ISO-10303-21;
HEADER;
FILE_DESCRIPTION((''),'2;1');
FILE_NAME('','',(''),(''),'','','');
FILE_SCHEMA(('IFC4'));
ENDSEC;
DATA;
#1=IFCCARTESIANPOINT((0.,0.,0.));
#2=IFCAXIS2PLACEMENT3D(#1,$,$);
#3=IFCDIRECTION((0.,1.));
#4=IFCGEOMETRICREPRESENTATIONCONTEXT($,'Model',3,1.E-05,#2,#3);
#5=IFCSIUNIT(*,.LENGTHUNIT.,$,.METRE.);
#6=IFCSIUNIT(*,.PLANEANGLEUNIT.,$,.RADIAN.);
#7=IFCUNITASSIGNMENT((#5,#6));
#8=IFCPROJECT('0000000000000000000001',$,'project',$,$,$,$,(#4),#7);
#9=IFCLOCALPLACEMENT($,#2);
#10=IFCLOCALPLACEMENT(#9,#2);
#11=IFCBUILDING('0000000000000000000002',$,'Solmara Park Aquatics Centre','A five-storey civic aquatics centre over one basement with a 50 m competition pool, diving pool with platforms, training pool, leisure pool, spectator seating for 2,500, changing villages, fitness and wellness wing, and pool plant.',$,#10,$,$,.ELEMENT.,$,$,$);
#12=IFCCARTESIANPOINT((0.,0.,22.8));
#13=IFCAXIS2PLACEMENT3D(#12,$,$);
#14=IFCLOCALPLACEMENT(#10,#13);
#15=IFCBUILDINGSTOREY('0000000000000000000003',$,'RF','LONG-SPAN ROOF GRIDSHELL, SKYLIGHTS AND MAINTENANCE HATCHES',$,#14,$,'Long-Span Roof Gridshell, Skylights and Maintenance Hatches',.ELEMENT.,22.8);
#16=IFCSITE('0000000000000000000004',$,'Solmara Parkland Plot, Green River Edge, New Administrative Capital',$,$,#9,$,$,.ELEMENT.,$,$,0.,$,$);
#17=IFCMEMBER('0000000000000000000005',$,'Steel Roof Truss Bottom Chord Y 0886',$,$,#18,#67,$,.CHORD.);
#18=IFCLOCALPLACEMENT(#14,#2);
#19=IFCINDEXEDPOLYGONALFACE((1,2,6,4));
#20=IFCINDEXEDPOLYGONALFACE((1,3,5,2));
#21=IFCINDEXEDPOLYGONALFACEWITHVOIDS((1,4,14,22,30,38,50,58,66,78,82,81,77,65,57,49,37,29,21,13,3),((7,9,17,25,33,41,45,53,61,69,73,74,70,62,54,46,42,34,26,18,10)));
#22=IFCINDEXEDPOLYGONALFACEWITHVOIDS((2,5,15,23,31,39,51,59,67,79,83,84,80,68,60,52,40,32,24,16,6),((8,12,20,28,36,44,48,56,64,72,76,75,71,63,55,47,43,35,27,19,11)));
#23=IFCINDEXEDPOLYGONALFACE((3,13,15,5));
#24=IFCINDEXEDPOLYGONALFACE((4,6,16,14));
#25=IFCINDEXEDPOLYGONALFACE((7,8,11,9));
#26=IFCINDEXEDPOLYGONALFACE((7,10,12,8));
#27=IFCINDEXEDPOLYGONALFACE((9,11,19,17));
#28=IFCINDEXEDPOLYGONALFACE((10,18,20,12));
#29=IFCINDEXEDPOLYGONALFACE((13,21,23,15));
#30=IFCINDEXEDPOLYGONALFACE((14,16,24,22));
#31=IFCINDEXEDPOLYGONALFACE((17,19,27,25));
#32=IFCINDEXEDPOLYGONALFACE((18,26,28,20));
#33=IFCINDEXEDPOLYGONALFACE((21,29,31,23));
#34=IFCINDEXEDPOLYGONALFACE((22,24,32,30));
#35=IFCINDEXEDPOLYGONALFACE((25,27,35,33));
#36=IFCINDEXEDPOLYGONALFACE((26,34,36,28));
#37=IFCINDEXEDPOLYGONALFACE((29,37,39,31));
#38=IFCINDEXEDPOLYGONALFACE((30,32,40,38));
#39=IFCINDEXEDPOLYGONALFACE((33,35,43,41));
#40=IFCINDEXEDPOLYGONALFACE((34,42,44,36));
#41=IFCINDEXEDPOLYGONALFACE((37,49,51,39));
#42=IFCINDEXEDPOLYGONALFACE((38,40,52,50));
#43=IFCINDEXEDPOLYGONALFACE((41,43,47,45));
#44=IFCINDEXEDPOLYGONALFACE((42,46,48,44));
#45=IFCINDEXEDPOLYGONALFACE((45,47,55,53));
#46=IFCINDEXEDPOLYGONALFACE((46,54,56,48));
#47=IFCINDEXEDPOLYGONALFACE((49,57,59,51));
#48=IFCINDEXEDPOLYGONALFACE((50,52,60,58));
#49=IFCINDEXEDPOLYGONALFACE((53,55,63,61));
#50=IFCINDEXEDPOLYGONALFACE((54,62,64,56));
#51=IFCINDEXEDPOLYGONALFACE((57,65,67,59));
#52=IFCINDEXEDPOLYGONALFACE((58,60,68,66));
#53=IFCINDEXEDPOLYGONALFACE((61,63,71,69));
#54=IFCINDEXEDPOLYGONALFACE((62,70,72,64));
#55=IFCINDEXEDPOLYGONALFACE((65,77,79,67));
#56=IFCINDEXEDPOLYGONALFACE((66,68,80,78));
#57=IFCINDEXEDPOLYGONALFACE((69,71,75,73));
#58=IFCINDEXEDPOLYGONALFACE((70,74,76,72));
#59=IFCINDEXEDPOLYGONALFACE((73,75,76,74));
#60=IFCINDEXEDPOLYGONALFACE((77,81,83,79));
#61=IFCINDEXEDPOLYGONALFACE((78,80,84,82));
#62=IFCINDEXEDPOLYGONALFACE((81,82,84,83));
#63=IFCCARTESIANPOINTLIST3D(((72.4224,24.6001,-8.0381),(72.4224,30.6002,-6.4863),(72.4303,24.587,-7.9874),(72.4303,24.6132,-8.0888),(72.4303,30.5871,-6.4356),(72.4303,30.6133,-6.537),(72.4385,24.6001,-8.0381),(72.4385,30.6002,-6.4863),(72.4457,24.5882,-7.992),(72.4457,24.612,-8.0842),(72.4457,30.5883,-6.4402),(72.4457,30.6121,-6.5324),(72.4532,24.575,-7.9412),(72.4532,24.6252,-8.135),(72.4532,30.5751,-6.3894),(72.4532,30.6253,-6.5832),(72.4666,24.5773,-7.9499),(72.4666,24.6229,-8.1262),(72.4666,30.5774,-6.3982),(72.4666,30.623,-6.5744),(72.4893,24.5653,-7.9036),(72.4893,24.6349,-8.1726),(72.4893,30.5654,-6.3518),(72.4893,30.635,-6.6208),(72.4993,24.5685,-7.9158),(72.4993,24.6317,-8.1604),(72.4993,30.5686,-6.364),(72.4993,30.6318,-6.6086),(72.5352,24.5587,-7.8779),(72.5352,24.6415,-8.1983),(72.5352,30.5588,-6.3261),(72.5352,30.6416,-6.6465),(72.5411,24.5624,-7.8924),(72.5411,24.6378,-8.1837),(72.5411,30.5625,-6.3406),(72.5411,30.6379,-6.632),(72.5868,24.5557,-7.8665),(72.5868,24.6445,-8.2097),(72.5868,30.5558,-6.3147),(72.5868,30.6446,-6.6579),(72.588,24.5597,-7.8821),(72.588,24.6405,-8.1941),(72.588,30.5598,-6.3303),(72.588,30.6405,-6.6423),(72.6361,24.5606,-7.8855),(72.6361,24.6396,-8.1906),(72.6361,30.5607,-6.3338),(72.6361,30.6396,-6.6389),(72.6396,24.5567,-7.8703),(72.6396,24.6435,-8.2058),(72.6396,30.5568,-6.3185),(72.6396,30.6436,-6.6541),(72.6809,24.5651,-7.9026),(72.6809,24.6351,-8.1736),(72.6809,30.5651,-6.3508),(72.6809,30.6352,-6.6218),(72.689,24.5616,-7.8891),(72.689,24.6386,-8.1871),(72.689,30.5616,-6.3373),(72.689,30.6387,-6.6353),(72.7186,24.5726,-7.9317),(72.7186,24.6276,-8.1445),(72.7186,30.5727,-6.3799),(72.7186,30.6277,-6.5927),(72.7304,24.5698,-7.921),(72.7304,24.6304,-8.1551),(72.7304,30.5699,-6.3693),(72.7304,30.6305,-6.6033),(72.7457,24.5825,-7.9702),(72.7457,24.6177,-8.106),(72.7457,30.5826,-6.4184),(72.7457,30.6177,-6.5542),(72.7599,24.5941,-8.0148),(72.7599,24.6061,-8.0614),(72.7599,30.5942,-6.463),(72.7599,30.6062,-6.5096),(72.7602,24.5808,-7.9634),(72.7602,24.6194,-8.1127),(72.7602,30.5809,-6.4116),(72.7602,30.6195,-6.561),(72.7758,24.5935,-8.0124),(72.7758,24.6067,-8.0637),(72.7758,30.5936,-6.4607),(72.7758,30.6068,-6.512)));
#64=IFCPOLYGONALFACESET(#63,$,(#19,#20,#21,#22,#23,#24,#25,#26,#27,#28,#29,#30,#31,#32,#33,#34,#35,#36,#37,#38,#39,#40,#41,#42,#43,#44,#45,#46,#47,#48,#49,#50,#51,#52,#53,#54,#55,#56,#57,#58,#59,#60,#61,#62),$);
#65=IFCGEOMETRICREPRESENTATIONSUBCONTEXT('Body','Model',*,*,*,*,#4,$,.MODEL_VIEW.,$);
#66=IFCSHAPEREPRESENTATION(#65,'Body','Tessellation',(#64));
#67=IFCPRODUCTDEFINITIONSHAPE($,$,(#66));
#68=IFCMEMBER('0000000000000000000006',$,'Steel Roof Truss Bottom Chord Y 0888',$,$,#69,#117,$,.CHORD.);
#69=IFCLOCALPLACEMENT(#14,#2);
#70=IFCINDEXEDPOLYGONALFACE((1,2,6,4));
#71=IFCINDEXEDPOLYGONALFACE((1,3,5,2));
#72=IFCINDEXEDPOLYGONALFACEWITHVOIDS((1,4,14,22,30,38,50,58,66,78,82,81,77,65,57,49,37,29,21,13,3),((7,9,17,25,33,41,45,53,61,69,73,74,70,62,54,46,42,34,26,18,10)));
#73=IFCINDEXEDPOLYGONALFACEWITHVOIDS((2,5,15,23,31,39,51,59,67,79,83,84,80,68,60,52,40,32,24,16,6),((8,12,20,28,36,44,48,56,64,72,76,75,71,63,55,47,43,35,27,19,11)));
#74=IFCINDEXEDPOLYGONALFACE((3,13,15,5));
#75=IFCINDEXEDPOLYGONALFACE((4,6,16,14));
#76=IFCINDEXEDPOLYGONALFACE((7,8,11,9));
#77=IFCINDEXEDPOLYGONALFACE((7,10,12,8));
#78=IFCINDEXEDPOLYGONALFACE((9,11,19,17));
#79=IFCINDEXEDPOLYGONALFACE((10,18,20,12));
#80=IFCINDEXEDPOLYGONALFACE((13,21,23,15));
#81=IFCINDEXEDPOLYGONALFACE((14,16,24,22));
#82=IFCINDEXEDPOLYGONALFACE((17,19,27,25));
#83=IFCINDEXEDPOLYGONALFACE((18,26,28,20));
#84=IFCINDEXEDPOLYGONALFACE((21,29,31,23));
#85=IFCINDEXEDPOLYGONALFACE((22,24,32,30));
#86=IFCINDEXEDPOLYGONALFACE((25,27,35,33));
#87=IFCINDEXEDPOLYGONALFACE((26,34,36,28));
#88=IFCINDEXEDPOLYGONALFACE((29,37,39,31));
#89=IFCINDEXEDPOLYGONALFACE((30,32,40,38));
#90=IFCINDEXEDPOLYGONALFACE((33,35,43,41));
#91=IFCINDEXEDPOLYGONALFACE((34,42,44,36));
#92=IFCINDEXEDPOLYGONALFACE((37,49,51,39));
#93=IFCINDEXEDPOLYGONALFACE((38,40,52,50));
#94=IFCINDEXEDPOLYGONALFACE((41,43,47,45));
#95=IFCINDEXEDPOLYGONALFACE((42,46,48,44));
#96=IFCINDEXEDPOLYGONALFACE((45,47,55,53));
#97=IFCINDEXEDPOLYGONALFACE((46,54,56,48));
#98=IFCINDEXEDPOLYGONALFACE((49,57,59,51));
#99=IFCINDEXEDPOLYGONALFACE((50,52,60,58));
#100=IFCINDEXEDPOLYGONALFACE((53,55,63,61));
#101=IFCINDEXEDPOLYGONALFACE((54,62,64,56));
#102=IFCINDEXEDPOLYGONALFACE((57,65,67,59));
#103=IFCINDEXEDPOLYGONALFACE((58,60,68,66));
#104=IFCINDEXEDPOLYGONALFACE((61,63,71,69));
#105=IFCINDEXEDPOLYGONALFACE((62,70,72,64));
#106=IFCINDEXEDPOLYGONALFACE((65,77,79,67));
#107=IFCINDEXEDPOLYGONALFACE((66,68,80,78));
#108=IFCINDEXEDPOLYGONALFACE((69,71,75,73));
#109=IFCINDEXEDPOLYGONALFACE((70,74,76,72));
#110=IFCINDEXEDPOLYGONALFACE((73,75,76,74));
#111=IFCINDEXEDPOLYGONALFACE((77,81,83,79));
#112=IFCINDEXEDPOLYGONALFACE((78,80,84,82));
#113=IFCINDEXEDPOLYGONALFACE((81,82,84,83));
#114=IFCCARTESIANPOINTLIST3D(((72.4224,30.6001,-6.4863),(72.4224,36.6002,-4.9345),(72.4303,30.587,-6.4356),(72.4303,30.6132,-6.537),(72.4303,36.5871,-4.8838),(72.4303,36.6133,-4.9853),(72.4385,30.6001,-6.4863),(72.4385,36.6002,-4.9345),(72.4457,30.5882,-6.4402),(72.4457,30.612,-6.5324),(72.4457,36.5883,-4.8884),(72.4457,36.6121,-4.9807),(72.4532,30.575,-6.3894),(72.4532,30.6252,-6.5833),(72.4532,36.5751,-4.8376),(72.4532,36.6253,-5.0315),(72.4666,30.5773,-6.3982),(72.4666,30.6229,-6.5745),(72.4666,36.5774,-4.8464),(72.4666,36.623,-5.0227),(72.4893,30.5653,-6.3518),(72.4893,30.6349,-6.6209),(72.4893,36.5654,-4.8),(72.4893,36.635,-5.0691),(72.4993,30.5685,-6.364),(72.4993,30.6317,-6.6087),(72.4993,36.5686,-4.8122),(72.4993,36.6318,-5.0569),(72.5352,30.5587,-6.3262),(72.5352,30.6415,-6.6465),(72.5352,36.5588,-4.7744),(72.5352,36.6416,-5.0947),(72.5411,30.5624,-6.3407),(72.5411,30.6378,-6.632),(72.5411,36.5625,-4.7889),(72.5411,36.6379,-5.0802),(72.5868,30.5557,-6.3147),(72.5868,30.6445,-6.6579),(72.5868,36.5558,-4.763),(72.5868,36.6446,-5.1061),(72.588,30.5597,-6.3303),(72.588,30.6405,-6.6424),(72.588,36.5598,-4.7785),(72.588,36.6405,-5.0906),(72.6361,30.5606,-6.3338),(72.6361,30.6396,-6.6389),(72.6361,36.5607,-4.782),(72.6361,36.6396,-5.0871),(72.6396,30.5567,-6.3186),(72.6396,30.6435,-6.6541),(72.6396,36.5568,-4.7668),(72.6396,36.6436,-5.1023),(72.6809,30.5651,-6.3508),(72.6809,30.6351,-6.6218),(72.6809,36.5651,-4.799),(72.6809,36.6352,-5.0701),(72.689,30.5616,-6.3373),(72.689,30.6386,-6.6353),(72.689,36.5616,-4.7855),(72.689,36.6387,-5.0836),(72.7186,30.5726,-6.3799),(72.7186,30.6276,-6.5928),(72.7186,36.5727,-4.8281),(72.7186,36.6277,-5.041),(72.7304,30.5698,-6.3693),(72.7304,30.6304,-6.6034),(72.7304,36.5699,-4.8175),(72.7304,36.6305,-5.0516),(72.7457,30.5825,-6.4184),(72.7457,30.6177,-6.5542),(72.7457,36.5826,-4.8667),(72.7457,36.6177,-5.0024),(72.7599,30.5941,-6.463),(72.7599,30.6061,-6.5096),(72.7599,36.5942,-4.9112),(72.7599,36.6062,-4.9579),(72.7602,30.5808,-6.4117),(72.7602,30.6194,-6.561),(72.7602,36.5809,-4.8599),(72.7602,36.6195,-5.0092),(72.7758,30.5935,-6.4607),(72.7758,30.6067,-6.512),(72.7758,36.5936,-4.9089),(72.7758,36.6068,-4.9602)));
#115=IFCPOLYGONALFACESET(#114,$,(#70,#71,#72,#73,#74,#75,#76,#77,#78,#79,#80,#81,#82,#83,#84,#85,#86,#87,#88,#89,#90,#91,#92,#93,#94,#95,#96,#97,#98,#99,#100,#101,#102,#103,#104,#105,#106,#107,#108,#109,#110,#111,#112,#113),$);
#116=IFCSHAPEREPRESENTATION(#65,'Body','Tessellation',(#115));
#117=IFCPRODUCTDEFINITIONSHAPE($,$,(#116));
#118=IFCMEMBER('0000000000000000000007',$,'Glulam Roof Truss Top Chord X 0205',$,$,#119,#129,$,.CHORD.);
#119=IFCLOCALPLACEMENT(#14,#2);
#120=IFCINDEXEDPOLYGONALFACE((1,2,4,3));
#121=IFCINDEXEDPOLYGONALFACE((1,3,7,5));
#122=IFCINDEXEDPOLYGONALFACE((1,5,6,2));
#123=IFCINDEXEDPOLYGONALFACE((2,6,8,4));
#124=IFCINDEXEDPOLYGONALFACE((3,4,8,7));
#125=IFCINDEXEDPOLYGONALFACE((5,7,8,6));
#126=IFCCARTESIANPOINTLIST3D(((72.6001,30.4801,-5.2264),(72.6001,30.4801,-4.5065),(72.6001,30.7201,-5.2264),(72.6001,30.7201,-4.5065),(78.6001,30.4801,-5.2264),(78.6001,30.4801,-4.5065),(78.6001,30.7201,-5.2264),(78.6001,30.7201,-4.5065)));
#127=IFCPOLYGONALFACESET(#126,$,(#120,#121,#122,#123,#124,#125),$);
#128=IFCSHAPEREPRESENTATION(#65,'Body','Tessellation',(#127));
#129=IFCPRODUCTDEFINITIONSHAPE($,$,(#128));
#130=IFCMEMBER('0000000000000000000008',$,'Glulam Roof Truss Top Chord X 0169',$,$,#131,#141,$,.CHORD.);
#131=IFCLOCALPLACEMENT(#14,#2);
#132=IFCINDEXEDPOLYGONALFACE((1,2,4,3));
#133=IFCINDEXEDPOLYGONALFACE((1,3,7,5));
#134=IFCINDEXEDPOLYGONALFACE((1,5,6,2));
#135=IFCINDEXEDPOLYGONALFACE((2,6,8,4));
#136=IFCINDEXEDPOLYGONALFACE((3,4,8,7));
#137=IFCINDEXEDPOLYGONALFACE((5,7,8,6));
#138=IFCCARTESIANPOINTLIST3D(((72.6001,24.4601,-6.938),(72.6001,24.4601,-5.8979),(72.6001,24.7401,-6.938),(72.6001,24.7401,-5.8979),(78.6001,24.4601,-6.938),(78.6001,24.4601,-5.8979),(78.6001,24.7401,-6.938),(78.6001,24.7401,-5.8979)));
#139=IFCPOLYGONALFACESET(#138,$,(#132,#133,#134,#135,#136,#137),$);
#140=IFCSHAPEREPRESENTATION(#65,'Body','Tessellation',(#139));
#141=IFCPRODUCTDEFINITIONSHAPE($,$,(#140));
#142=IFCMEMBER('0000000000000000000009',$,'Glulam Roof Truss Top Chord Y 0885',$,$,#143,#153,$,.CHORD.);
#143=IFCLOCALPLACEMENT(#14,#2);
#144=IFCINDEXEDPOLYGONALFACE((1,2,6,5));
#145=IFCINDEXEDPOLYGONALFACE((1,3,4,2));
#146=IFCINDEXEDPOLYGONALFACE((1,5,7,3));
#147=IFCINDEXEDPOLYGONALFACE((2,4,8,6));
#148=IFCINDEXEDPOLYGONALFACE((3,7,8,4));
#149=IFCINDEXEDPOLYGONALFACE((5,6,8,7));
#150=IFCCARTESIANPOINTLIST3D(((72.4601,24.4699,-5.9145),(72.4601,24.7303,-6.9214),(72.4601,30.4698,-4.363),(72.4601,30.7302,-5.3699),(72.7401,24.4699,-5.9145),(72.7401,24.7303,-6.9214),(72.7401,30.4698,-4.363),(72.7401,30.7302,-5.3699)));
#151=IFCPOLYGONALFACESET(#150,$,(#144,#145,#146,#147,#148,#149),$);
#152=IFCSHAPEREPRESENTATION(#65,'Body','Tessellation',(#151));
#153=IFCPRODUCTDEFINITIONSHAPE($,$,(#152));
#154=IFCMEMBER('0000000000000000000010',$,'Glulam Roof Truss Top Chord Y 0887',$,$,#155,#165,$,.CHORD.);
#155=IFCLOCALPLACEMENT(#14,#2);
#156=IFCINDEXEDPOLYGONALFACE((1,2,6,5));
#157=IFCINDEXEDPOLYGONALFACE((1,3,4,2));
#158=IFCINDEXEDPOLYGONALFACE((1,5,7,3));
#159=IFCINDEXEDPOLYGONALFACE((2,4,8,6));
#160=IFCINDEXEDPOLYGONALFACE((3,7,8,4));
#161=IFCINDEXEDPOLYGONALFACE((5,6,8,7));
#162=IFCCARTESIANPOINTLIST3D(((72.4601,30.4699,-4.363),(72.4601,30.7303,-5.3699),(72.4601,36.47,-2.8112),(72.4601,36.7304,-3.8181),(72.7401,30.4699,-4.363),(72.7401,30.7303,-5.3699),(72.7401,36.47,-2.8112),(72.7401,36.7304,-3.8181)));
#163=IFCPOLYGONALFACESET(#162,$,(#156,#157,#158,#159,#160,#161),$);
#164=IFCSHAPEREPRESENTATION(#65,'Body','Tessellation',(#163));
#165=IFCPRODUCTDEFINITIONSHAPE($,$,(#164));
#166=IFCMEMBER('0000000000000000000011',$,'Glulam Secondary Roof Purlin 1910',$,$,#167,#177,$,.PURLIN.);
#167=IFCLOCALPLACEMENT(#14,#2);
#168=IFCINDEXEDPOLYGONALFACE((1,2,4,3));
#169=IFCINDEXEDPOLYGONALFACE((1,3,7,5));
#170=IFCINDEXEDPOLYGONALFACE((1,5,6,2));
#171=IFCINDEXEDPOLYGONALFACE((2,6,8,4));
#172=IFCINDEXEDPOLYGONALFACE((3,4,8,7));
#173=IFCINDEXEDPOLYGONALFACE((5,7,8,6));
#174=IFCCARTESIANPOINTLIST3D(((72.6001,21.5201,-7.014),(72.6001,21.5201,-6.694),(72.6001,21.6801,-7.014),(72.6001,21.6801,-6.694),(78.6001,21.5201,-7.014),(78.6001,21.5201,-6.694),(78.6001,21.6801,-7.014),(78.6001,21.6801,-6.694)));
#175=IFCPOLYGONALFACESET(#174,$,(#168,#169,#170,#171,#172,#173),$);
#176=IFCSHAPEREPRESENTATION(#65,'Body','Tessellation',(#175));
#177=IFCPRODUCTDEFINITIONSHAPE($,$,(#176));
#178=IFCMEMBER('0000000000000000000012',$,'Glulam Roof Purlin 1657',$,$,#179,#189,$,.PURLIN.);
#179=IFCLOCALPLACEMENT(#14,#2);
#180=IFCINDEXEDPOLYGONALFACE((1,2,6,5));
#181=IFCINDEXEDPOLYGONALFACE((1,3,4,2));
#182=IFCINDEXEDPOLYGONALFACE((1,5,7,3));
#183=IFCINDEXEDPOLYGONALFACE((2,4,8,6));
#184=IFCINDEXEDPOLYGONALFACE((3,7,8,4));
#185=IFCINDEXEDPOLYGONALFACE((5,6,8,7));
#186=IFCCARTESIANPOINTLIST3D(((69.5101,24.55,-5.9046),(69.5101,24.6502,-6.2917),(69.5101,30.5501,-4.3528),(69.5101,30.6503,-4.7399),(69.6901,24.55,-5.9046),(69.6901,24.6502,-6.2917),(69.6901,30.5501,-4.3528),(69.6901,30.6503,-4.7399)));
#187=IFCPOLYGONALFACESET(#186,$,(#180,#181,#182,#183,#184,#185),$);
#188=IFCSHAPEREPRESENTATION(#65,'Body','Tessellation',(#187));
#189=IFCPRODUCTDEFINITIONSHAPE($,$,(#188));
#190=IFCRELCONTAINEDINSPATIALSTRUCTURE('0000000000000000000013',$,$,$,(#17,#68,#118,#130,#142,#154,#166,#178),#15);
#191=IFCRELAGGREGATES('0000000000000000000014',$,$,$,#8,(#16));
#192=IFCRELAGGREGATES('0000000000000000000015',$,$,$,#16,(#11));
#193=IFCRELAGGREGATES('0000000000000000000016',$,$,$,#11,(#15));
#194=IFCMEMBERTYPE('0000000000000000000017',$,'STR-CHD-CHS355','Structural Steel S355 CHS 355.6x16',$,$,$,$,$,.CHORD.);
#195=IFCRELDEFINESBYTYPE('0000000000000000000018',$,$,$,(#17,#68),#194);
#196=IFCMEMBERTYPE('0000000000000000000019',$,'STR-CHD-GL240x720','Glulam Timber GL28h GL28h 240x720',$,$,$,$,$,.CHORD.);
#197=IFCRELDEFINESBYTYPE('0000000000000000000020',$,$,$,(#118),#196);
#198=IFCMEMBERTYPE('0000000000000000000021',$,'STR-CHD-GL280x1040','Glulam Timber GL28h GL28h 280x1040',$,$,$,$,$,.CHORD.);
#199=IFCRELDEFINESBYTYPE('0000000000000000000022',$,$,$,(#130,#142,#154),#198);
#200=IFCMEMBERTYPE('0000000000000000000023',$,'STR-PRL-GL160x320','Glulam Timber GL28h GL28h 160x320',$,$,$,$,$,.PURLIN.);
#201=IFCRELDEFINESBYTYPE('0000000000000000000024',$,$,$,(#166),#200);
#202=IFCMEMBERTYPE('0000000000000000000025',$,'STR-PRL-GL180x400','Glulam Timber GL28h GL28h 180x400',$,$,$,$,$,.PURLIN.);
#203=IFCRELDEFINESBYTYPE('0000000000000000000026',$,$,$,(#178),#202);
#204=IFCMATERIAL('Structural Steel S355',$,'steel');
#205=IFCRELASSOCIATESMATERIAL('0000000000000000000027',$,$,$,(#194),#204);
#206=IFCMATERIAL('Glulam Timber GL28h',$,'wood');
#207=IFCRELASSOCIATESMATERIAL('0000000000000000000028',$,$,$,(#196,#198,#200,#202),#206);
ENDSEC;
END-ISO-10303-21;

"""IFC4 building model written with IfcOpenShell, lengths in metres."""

from ifc_helpers import new_model, si_unit, direction, frame, origin, origin_2d, place, context, subcontext, project, spatial, rectangle, hollow_circle, extrude, material, material_profile, profile_set, type_object, element, save


model = new_model("IFC4")

# Units and contexts
model_context = context("Model", 3, precision=1e-05, world=origin(), true_north=direction((0.0, 1.0)))
body_context = subcontext(model_context, "Body", "Model", "MODEL_VIEW")
ifc_project = project(units=[si_unit("LENGTHUNIT", "METRE"), si_unit("PLANEANGLEUNIT", "RADIAN")], contexts=[model_context])

# Site, building, storey
site_placement = place(None, origin())
site = spatial("IfcSite", under=ifc_project, at=site_placement, Name="Solmara Parkland Plot, Green River Edge, New Administrative Capital", CompositionType="ELEMENT", RefElevation=0.0)
building_placement = place(site_placement, origin())
building = spatial("IfcBuilding", under=site, at=building_placement, Name="Solmara Park Aquatics Centre", Description="A five-storey civic aquatics centre over one basement with a 50 m competition pool, diving pool with platforms, training pool, leisure pool, spectator seating for 2,500, changing villages, fitness and wellness wing, and pool plant.", CompositionType="ELEMENT")
storey_placement = place(building_placement, frame((0.0, 0.0, 22.8)))
storey = spatial("IfcBuildingStorey", under=building, at=storey_placement, Name="RF", Description="LONG-SPAN ROOF GRIDSHELL, SKYLIGHTS AND MAINTENANCE HATCHES", LongName="Long-Span Roof Gridshell, Skylights and Maintenance Hatches", CompositionType="ELEMENT", Elevation=22.8)

# Members
ifc_material_1 = material(Name="Structural Steel S355", Category="steel")
ifc_material_profile_1 = material_profile(ifc_material_1, hollow_circle(Radius=0.1777, WallThickness=0.0161, at=origin_2d()), Name="CHS 355.6x16")
ifc_profile_set_1 = profile_set([ifc_material_profile_1], Name="Structural Steel S355")
member_type_1 = type_object("IfcMemberType", Name="STR-CHD-CHS355", Description="Structural Steel S355 CHS 355.6x16", PredefinedType="CHORD", material=ifc_profile_set_1)
for number, where, z_axis, x_axis, name in (
    (1, (72.6001, 24.6001, -8.0381), (0.0, 0.968146, 0.250388), (-1.0, 0.0, 0.0), "Steel Roof Truss Bottom Chord Y 0886"),
    (2, (72.6001, 30.6001, -6.4863), (0.0, 0.968146, 0.250388), (-1.0, 0.0, 0.0), "Steel Roof Truss Bottom Chord Y 0888"),
):
    element("IfcMember", number, at=place(storey_placement, frame(where, z_axis=z_axis, x_axis=x_axis)), inside=storey, type_object=member_type_1, Name=name, PredefinedType="CHORD", context=body_context, shape_type="SweptSolid", body=[
        extrude(hollow_circle(Radius=0.1777, WallThickness=0.0161, at=origin_2d()), origin(), (0.0, 0.0, 1.0), 6.1975),
    ])
ifc_material_2 = material(Name="Glulam Timber GL28h", Category="wood")
ifc_material_profile_2 = material_profile(ifc_material_2, rectangle(XDim=0.24, YDim=0.72, at=origin_2d()), Name="GL28h 240x720")
ifc_profile_set_2 = profile_set([ifc_material_profile_2], Name="Glulam Timber GL28h")
member_type_2 = type_object("IfcMemberType", Name="STR-CHD-GL240x720", Description="Glulam Timber GL28h GL28h 240x720", PredefinedType="CHORD", material=ifc_profile_set_2)
member_1_placement = place(storey_placement, frame((72.6001, 30.6001, -4.8665), z_axis=(1.0, 0.0, 0.0), x_axis=(0.0, 1.0, 0.0)))
element("IfcMember", 3, at=member_1_placement, inside=storey, type_object=member_type_2, Name="Glulam Roof Truss Top Chord X 0205", PredefinedType="CHORD", context=body_context, shape_type="SweptSolid", body=[
    extrude(rectangle(XDim=0.24, YDim=0.72, at=origin_2d()), origin(), (0.0, 0.0, 1.0), 6.0),
])
ifc_material_profile_3 = material_profile(ifc_material_2, rectangle(XDim=0.28, YDim=1.04, at=origin_2d()), Name="GL28h 280x1040")
ifc_profile_set_3 = profile_set([ifc_material_profile_3], Name="Glulam Timber GL28h")
member_type_3 = type_object("IfcMemberType", Name="STR-CHD-GL280x1040", Description="Glulam Timber GL28h GL28h 280x1040", PredefinedType="CHORD", material=ifc_profile_set_3)
member_2_placement = place(storey_placement, frame((72.6001, 24.6001, -6.418), z_axis=(1.0, 0.0, 0.0), x_axis=(0.0, 1.0, 0.0)))
element("IfcMember", 4, at=member_2_placement, inside=storey, type_object=member_type_3, Name="Glulam Roof Truss Top Chord X 0169", PredefinedType="CHORD", context=body_context, shape_type="SweptSolid", body=[
    extrude(rectangle(XDim=0.28, YDim=1.04, at=origin_2d()), origin(), (0.0, 0.0, 1.0), 6.0),
])
member_3_placement = place(storey_placement, frame((72.6001, 24.6001, -6.418), z_axis=(0.0, 0.968155, 0.250351), x_axis=(-1.0, 0.0, 0.0)))
element("IfcMember", 5, at=member_3_placement, inside=storey, type_object=member_type_3, Name="Glulam Roof Truss Top Chord Y 0885", PredefinedType="CHORD", context=body_context, shape_type="SweptSolid", body=[
    extrude(rectangle(XDim=0.28, YDim=1.04, at=origin_2d()), origin(), (0.0, 0.0, 1.0), 6.1973),
])
member_4_placement = place(storey_placement, frame((72.6001, 30.6001, -4.8665), z_axis=(0.0, 0.968146, 0.250388), x_axis=(-1.0, 0.0, 0.0)))
element("IfcMember", 6, at=member_4_placement, inside=storey, type_object=member_type_3, Name="Glulam Roof Truss Top Chord Y 0887", PredefinedType="CHORD", context=body_context, shape_type="SweptSolid", body=[
    extrude(rectangle(XDim=0.28, YDim=1.04, at=origin_2d()), origin(), (0.0, 0.0, 1.0), 6.1975),
])
ifc_material_profile_4 = material_profile(ifc_material_2, rectangle(XDim=0.1599, YDim=0.3201, at=origin_2d()), Name="GL28h 160x320")
ifc_profile_set_4 = profile_set([ifc_material_profile_4], Name="Glulam Timber GL28h")
member_type_4 = type_object("IfcMemberType", Name="STR-PRL-GL160x320", Description="Glulam Timber GL28h GL28h 160x320", PredefinedType="PURLIN", material=ifc_profile_set_4)
member_5_placement = place(storey_placement, frame((72.6001, 21.6001, -6.854), z_axis=(1.0, 0.0, 0.0), x_axis=(0.0, 1.0, 0.0)))
element("IfcMember", 7, at=member_5_placement, inside=storey, type_object=member_type_4, Name="Glulam Secondary Roof Purlin 1910", PredefinedType="PURLIN", context=body_context, shape_type="SweptSolid", body=[
    extrude(rectangle(XDim=0.1599, YDim=0.3201, at=origin_2d()), origin(), (0.0, 0.0, 1.0), 6.0),
])
ifc_material_profile_5 = material_profile(ifc_material_2, rectangle(XDim=0.1799, YDim=0.3999, at=origin_2d()), Name="GL28h 180x400")
ifc_profile_set_5 = profile_set([ifc_material_profile_5], Name="Glulam Timber GL28h")
member_type_5 = type_object("IfcMemberType", Name="STR-PRL-GL180x400", Description="Glulam Timber GL28h GL28h 180x400", PredefinedType="PURLIN", material=ifc_profile_set_5)
for number, where, z_axis, x_axis, name in (
    (8, (69.6001, 24.6001, -6.0981), (0.0, 0.968146, 0.250388), (-1.0, 0.0, 0.0), "Glulam Roof Purlin 1657"),
):
    element("IfcMember", number, at=place(storey_placement, frame(where, z_axis=z_axis, x_axis=x_axis)), inside=storey, type_object=member_type_5, Name=name, PredefinedType="PURLIN", context=body_context, shape_type="SweptSolid", body=[
        extrude(rectangle(XDim=0.1799, YDim=0.3999, at=origin_2d()), origin(), (0.0, 0.0, 1.0), 6.1975),
    ])

save(model, "model.ifc")
